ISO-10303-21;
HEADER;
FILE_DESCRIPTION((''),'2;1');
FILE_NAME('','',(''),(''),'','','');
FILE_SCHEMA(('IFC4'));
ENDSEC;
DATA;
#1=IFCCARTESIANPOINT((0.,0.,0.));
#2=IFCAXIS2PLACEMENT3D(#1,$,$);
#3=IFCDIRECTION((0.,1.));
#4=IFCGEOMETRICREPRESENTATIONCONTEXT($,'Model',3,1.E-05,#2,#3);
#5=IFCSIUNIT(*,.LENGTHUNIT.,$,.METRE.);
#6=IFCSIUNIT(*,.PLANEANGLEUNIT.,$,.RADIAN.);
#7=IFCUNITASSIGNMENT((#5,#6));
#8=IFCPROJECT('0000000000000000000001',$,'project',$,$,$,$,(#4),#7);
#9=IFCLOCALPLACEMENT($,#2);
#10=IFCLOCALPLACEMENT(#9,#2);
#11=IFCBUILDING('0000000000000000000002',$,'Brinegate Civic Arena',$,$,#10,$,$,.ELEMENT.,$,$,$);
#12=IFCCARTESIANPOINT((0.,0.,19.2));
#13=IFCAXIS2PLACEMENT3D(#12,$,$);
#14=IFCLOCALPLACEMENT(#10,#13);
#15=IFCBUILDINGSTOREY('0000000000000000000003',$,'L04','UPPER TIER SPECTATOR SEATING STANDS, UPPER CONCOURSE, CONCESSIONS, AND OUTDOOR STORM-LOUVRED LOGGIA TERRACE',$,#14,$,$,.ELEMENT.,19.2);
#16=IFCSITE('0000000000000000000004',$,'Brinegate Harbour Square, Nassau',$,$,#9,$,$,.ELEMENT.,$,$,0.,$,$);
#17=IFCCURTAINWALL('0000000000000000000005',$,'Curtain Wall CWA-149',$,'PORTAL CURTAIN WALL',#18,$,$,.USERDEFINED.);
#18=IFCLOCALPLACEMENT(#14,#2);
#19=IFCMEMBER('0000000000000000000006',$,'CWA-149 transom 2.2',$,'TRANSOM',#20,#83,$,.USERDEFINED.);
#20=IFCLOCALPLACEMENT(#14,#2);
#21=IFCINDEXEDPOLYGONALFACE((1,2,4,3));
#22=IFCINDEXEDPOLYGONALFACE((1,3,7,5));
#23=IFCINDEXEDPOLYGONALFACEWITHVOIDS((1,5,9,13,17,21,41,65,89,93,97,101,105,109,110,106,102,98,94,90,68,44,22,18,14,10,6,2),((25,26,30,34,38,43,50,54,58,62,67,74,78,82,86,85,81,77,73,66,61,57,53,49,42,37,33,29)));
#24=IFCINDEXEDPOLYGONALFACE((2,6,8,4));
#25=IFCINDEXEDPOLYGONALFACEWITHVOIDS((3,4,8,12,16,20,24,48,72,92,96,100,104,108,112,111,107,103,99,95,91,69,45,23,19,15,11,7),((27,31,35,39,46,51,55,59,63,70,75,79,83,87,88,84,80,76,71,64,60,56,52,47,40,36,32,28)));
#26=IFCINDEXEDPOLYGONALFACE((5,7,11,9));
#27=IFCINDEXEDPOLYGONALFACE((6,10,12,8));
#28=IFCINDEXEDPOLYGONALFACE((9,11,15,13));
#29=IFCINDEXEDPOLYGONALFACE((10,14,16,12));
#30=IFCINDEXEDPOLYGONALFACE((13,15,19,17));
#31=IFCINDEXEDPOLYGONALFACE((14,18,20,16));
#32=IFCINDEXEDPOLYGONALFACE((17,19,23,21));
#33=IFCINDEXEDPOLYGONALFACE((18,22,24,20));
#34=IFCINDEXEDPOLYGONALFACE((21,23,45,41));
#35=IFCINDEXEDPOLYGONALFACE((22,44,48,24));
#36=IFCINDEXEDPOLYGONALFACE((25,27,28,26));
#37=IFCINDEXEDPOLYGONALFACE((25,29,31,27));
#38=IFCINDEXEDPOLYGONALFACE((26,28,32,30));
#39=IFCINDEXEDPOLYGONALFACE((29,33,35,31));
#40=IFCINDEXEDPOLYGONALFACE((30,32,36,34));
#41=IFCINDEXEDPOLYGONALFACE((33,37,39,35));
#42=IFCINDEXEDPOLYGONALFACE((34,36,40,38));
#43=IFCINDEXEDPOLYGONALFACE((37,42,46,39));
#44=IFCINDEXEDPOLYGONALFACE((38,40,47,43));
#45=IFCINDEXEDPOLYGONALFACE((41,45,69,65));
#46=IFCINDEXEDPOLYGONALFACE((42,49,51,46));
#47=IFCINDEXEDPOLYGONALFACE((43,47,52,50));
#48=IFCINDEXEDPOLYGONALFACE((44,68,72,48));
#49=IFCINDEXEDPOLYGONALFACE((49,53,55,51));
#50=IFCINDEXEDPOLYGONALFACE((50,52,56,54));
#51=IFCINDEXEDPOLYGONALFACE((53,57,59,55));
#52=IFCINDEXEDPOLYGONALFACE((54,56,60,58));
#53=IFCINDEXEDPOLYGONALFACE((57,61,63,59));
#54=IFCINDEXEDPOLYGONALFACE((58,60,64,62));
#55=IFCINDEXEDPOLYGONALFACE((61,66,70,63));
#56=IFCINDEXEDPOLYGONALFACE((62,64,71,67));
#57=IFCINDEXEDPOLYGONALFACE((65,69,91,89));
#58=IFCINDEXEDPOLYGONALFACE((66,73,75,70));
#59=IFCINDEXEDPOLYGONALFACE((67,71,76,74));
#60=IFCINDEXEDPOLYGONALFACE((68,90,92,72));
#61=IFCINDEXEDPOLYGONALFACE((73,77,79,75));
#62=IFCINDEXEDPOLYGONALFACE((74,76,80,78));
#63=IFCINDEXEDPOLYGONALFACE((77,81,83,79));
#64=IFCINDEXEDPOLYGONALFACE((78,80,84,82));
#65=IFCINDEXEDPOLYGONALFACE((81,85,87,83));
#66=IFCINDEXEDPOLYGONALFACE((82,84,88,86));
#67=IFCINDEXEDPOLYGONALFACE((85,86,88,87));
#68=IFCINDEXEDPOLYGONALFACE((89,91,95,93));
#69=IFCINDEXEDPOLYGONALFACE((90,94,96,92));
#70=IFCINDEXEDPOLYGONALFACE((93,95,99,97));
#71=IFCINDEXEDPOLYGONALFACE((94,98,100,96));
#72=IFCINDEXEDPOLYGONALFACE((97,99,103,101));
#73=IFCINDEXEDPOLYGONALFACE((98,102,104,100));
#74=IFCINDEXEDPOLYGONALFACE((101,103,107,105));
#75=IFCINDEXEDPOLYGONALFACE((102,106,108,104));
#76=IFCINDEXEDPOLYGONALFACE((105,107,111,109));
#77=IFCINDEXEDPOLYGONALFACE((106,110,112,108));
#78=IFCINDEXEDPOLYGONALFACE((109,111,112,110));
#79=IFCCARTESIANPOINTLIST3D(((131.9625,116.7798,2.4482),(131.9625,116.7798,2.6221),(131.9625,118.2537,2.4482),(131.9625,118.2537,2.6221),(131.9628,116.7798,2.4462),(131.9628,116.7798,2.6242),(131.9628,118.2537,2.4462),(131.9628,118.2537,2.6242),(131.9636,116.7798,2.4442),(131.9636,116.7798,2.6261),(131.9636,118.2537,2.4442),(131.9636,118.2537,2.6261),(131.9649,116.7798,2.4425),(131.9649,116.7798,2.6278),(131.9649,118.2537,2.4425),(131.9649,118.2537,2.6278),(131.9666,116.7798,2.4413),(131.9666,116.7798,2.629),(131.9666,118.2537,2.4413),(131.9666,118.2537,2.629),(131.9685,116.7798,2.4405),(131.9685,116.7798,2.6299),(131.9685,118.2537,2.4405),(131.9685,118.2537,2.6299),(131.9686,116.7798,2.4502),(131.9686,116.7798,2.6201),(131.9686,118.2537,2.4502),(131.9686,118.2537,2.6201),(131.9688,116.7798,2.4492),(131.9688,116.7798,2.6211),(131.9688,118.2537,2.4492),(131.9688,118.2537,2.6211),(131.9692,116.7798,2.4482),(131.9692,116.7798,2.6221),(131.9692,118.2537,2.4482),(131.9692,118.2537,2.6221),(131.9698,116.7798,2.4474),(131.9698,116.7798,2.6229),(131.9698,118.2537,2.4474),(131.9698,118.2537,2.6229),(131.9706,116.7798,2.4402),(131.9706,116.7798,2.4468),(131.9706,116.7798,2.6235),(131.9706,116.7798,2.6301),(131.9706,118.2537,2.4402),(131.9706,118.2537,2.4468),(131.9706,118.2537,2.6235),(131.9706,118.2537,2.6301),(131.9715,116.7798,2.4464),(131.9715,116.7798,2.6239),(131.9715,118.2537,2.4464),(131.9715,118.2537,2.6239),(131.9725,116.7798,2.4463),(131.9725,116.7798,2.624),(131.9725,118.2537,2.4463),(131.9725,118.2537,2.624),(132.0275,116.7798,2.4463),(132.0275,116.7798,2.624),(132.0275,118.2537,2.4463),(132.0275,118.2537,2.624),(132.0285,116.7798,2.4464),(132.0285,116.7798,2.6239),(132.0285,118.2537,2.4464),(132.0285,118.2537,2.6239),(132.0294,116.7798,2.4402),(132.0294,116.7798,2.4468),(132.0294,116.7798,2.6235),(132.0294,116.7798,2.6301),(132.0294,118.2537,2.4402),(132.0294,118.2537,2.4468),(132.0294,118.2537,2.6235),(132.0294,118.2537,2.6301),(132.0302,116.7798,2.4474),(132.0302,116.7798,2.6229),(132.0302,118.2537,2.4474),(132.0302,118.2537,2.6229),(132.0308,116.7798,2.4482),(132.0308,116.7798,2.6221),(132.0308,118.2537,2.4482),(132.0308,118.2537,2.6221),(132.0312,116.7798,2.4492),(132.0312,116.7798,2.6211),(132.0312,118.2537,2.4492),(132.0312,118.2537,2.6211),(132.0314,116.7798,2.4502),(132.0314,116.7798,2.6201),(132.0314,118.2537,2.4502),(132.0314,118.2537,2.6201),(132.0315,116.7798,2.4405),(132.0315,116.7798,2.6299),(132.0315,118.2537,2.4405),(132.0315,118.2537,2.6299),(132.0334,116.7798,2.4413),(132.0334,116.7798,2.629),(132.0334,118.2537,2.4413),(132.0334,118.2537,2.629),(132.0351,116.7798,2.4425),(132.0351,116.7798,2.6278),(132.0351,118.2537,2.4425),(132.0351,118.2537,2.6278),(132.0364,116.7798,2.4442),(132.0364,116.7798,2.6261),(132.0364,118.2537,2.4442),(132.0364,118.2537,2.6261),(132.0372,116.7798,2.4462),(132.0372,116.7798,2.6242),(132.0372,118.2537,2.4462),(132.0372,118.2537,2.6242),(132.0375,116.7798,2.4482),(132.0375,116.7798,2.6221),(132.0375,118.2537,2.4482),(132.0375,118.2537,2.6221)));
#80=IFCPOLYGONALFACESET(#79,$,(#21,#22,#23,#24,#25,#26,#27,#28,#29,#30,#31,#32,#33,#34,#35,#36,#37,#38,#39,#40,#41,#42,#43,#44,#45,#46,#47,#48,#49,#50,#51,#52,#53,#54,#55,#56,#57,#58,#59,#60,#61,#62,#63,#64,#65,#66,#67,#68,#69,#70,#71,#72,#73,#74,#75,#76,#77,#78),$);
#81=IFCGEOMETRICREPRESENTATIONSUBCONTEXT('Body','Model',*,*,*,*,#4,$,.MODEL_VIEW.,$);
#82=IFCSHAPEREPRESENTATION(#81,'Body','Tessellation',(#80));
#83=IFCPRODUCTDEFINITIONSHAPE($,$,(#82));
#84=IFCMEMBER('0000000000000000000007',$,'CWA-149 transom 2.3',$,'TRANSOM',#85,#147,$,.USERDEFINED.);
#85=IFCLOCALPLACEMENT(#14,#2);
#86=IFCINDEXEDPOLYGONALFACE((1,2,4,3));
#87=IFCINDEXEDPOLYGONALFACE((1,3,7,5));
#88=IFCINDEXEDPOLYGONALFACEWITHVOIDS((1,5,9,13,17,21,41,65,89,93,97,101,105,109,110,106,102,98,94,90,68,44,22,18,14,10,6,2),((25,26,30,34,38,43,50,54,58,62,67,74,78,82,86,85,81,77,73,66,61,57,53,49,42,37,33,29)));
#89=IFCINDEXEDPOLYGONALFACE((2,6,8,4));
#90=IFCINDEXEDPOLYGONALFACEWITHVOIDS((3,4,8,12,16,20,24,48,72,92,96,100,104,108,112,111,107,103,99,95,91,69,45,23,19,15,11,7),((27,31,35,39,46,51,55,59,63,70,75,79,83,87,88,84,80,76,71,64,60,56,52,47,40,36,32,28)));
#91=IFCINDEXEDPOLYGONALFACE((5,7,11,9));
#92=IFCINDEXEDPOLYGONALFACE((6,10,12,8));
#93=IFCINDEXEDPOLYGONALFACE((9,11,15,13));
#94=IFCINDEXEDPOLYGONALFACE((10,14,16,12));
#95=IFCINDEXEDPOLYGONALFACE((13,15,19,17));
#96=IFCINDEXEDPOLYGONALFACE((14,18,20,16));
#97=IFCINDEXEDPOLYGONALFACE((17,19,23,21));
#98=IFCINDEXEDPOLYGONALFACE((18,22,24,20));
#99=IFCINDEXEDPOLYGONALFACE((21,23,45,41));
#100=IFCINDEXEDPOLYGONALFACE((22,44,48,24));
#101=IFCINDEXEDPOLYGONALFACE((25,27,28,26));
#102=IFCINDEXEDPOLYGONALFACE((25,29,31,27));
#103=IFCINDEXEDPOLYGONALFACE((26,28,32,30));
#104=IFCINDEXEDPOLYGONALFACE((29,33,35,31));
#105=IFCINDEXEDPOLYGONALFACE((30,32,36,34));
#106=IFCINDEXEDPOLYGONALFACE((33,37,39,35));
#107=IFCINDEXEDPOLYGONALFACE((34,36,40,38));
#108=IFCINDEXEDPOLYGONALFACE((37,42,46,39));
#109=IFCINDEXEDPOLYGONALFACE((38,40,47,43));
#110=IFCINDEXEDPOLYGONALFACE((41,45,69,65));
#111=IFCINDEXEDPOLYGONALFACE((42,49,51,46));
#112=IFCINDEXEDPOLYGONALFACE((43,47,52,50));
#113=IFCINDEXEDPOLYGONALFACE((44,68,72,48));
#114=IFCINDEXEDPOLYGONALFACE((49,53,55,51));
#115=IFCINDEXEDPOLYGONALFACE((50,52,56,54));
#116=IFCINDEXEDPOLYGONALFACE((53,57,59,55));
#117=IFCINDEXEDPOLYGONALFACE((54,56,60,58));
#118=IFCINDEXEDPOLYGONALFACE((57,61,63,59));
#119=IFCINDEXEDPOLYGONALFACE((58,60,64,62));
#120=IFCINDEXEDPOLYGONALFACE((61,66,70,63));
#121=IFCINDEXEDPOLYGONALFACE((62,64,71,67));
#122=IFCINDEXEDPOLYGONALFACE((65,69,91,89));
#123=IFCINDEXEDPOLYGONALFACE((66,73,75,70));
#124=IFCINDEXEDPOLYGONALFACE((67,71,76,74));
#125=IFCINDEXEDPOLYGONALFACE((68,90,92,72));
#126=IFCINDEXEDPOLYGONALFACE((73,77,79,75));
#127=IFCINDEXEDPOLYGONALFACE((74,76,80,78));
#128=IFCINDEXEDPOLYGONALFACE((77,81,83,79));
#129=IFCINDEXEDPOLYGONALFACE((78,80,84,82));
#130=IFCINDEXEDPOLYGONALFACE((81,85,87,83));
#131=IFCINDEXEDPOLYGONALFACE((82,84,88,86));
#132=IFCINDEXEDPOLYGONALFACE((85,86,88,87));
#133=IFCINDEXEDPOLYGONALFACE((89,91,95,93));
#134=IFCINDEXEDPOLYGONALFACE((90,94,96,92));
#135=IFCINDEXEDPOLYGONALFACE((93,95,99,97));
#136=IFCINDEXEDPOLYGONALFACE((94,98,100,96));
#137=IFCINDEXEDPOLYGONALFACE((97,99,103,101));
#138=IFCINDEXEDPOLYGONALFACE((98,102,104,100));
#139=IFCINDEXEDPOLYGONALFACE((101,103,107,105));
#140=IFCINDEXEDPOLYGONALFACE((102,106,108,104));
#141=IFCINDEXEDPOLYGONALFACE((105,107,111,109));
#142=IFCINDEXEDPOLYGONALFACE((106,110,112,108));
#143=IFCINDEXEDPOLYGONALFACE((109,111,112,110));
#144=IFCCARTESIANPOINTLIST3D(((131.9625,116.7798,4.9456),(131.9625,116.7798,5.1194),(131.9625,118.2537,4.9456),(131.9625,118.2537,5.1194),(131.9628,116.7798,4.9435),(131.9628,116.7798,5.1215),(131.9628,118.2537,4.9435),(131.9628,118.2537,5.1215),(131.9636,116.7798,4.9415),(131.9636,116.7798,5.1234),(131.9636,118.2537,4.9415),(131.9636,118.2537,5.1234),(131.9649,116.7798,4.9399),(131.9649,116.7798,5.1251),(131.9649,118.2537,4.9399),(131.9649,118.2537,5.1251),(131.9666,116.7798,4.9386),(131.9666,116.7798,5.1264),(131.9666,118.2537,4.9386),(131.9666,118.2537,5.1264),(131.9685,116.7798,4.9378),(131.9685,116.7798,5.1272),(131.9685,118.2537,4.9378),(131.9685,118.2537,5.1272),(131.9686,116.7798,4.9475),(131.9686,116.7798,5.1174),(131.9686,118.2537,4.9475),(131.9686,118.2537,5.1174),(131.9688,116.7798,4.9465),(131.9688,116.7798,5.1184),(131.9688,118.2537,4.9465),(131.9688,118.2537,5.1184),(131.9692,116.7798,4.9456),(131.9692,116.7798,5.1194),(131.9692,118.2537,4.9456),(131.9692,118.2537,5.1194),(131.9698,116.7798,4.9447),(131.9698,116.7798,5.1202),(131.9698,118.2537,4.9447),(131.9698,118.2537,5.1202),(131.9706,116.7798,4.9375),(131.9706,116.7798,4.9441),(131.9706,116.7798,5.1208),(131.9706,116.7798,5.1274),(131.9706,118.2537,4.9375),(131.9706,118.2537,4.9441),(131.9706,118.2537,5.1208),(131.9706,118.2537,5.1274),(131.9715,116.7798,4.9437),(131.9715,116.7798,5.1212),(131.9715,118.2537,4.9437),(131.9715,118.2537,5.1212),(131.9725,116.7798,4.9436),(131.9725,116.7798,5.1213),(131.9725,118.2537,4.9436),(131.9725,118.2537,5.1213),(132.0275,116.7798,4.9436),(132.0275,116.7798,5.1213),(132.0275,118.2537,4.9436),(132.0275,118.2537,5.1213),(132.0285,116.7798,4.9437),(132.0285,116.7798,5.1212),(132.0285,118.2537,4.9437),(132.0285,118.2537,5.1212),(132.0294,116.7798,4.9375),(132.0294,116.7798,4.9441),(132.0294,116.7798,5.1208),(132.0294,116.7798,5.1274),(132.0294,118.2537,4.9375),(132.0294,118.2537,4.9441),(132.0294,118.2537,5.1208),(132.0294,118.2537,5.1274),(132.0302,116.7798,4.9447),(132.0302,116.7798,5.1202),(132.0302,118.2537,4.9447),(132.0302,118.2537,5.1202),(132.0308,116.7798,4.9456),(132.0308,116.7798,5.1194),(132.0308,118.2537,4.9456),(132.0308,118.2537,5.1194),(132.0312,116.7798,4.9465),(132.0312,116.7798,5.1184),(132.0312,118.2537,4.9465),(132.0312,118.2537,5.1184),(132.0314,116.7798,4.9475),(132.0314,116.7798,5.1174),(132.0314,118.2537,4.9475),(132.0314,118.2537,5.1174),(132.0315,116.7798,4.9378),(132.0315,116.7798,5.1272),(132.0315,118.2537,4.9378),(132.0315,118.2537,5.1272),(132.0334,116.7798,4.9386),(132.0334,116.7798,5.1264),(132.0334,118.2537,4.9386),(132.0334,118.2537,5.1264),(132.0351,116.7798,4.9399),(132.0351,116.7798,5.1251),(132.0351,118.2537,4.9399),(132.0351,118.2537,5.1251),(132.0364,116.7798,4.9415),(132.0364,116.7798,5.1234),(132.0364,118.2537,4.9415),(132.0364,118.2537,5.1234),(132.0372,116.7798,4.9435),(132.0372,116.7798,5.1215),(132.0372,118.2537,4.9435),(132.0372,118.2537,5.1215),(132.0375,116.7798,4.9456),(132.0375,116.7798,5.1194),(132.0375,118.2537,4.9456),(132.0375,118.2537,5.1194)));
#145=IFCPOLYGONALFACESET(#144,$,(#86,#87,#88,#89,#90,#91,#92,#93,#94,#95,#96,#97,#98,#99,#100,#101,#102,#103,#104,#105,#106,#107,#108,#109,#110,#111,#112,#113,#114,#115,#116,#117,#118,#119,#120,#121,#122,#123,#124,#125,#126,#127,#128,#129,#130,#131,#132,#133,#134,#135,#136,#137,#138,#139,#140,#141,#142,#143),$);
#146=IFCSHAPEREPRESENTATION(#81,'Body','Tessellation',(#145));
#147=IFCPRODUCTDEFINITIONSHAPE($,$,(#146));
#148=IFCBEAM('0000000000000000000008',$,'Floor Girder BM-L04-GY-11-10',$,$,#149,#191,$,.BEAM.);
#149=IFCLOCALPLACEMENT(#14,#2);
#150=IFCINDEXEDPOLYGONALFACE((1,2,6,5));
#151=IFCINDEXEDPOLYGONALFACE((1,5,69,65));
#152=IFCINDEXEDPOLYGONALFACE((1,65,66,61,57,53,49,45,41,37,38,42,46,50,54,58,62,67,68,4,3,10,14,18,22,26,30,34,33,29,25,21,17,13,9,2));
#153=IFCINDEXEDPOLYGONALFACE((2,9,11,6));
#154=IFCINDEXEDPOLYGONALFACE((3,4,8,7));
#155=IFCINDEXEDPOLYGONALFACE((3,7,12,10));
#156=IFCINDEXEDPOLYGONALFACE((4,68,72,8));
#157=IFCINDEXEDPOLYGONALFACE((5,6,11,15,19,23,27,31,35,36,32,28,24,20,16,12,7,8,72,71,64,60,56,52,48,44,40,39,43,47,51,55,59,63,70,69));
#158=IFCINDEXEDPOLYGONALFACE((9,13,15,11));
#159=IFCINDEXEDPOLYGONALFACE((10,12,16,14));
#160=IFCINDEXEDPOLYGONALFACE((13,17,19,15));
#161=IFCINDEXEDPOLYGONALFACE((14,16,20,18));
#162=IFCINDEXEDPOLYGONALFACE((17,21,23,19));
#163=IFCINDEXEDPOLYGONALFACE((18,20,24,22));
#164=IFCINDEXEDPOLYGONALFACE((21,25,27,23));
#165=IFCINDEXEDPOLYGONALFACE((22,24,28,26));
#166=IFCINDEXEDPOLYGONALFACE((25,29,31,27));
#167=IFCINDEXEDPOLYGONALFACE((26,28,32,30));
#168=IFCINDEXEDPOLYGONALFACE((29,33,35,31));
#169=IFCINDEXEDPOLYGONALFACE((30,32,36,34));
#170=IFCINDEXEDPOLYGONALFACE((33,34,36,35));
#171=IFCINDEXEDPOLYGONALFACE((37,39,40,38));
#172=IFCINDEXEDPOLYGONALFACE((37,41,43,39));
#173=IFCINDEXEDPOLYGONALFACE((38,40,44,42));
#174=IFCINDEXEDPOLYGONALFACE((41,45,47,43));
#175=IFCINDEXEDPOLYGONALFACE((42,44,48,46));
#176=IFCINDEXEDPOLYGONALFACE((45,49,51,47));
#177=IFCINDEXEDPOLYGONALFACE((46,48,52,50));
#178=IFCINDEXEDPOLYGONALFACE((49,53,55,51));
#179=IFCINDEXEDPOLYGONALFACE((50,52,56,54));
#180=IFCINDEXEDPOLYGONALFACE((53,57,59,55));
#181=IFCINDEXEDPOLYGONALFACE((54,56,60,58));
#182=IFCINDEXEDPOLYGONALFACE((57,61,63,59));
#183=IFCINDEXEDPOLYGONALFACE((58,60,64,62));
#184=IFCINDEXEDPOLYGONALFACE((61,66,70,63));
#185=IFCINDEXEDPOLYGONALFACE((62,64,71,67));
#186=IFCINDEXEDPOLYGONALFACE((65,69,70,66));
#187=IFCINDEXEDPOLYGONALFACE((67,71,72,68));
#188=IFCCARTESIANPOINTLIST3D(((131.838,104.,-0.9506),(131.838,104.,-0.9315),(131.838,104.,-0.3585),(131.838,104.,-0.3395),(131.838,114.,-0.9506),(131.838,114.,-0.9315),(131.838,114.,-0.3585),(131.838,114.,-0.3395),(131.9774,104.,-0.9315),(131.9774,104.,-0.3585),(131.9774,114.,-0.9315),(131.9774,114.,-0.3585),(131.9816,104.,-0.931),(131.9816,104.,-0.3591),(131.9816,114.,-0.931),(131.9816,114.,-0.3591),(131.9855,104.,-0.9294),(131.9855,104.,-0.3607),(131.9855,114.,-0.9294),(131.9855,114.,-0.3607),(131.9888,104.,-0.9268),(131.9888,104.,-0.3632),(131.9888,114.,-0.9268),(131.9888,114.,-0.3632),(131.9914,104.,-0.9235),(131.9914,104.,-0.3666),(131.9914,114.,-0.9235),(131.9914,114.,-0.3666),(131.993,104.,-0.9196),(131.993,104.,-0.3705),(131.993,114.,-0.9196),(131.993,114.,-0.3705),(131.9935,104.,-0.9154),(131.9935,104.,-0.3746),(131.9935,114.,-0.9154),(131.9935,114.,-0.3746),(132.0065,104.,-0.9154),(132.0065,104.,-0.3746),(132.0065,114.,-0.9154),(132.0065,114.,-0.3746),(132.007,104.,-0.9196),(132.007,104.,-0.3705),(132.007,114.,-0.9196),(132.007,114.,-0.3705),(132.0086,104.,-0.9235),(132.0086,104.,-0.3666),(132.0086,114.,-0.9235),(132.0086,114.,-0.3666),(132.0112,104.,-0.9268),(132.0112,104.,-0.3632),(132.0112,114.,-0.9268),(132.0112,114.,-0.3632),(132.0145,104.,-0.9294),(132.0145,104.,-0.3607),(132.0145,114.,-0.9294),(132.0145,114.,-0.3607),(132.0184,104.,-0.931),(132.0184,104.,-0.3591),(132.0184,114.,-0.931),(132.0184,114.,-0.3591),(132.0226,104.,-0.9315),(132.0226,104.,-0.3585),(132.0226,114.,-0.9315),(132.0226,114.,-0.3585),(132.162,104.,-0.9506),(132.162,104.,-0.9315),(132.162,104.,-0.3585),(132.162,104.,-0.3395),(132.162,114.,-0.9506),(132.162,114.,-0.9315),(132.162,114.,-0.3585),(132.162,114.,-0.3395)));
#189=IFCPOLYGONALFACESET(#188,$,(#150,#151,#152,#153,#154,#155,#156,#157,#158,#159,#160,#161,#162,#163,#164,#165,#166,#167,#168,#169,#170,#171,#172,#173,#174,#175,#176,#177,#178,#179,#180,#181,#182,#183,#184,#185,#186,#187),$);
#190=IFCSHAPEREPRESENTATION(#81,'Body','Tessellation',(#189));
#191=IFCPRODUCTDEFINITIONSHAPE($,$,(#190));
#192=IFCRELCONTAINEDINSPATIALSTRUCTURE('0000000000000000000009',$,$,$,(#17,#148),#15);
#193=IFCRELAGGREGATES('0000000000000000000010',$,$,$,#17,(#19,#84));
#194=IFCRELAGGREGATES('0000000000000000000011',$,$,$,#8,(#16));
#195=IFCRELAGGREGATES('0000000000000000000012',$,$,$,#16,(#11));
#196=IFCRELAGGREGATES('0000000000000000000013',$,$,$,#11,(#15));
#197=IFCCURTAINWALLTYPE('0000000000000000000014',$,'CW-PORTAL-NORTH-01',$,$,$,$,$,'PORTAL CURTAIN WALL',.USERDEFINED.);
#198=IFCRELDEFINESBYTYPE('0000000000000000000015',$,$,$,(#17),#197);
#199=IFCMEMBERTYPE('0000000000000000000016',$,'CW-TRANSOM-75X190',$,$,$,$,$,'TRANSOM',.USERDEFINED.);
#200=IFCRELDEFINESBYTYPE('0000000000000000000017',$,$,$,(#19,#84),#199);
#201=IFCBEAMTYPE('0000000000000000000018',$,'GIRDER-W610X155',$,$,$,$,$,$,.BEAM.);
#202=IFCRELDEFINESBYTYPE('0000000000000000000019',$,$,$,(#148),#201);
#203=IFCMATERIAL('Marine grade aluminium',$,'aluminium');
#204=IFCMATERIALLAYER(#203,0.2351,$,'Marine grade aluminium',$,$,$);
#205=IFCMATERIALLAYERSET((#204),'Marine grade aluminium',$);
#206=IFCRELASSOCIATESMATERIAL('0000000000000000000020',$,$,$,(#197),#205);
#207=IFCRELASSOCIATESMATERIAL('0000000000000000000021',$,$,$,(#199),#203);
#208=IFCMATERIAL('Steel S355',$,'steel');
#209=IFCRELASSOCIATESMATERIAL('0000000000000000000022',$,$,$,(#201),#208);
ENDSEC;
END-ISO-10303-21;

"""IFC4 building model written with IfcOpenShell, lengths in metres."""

from ifc_helpers import new_model, si_unit, direction, frame, origin, origin_2d, place, context, subcontext, project, spatial, hollow_rectangle, i_section, extrude, material, layer, layer_set, material_profile, profile_set, type_object, element, aggregate, save


model = new_model("IFC4")

# Units and contexts
model_context = context("Model", 3, precision=1e-05, world=origin(), true_north=direction((0.0, 1.0)))
body_context = subcontext(model_context, "Body", "Model", "MODEL_VIEW")
ifc_project = project(units=[si_unit("LENGTHUNIT", "METRE"), si_unit("PLANEANGLEUNIT", "RADIAN")], contexts=[model_context])

# Site, building, storey
site_placement = place(None, origin())
site = spatial("IfcSite", under=ifc_project, at=site_placement, Name="Brinegate Harbour Square, Nassau", CompositionType="ELEMENT", RefElevation=0.0)
building_placement = place(site_placement, origin())
building = spatial("IfcBuilding", under=site, at=building_placement, Name="Brinegate Civic Arena", CompositionType="ELEMENT")
storey_placement = place(building_placement, frame((0.0, 0.0, 19.2)))
storey = spatial("IfcBuildingStorey", under=building, at=storey_placement, Name="L04", Description="UPPER TIER SPECTATOR SEATING STANDS, UPPER CONCOURSE, CONCESSIONS, AND OUTDOOR STORM-LOUVRED LOGGIA TERRACE", CompositionType="ELEMENT", Elevation=19.2)

# Curtain wall, members
ifc_material_1 = material(Name="Marine grade aluminium", Category="aluminium")
ifc_layer_1 = layer(ifc_material_1, 0.2351, Name="Marine grade aluminium")
ifc_layer_set_1 = layer_set([ifc_layer_1], Name="Marine grade aluminium")
curtain_wall_type = type_object("IfcCurtainWallType", Name="CW-PORTAL-NORTH-01", ElementType="PORTAL CURTAIN WALL", PredefinedType="USERDEFINED", material=ifc_layer_set_1)
curtain_wall_placement = place(storey_placement, origin())
curtain_wall = element("IfcCurtainWall", 1, at=curtain_wall_placement, inside=storey, type_object=curtain_wall_type, Name="Curtain Wall CWA-149", ObjectType="PORTAL CURTAIN WALL", PredefinedType="USERDEFINED")
ifc_material_profile_1 = material_profile(ifc_material_1, hollow_rectangle(XDim=0.075, YDim=0.1899, WallThickness=0.0061, InnerFilletRadius=0.0039, OuterFilletRadius=0.0081, at=origin_2d()), Name="TRN75X190")
ifc_profile_set_1 = profile_set([ifc_material_profile_1], Name="Marine grade aluminium")
member_type_1 = type_object("IfcMemberType", Name="CW-TRANSOM-75X190", ElementType="TRANSOM", PredefinedType="USERDEFINED", material=ifc_profile_set_1)
member_1_placement = place(storey_placement, frame((132.0, 116.7798, 2.5352), z_axis=(0.0, 1.0, 0.0), x_axis=(-1.0, 0.0, 0.0)))
member_1 = element("IfcMember", 2, at=member_1_placement, type_object=member_type_1, Name="CWA-149 transom 2.2", ObjectType="TRANSOM", PredefinedType="USERDEFINED", context=body_context, shape_type="SweptSolid", body=[
    extrude(hollow_rectangle(XDim=0.075, YDim=0.1899, WallThickness=0.0061, InnerFilletRadius=0.0039, OuterFilletRadius=0.0081, at=origin_2d()), origin(), (0.0, 0.0, 1.0), 1.4739),
])
member_2_placement = place(storey_placement, frame((132.0, 116.7798, 5.0325), z_axis=(0.0, 1.0, 0.0), x_axis=(-1.0, 0.0, 0.0)))
member_2 = element("IfcMember", 3, at=member_2_placement, type_object=member_type_1, Name="CWA-149 transom 2.3", ObjectType="TRANSOM", PredefinedType="USERDEFINED", context=body_context, shape_type="SweptSolid", body=[
    extrude(hollow_rectangle(XDim=0.075, YDim=0.1899, WallThickness=0.0061, InnerFilletRadius=0.0039, OuterFilletRadius=0.0081, at=origin_2d()), origin(), (0.0, 0.0, 1.0), 1.4739),
])

# Beam
ifc_material_2 = material(Name="Steel S355", Category="steel")
ifc_material_profile_2 = material_profile(ifc_material_2, i_section(OverallWidth=0.324, OverallDepth=0.6111, WebThickness=0.0129, FlangeThickness=0.019, FilletRadius=0.0161, at=origin_2d()), Name="W610X155")
ifc_profile_set_2 = profile_set([ifc_material_profile_2], Name="Steel S355")
beam_type_1 = type_object("IfcBeamType", Name="GIRDER-W610X155", PredefinedType="BEAM", material=ifc_profile_set_2)
beam_1_placement = place(storey_placement, frame((132.0, 104.0, -0.645), z_axis=(0.0, 1.0, 0.0), x_axis=(-1.0, 0.0, 0.0)))
element("IfcBeam", 4, at=beam_1_placement, inside=storey, type_object=beam_type_1, Name="Floor Girder BM-L04-GY-11-10", PredefinedType="BEAM", context=body_context, shape_type="SweptSolid", body=[
    extrude(i_section(OverallWidth=0.324, OverallDepth=0.6111, WebThickness=0.0129, FlangeThickness=0.019, FilletRadius=0.0161, at=origin_2d()), origin(), (0.0, 0.0, 1.0), 10.0),
])

aggregate(curtain_wall, [member_1, member_2])

save(model, "model.ifc")
